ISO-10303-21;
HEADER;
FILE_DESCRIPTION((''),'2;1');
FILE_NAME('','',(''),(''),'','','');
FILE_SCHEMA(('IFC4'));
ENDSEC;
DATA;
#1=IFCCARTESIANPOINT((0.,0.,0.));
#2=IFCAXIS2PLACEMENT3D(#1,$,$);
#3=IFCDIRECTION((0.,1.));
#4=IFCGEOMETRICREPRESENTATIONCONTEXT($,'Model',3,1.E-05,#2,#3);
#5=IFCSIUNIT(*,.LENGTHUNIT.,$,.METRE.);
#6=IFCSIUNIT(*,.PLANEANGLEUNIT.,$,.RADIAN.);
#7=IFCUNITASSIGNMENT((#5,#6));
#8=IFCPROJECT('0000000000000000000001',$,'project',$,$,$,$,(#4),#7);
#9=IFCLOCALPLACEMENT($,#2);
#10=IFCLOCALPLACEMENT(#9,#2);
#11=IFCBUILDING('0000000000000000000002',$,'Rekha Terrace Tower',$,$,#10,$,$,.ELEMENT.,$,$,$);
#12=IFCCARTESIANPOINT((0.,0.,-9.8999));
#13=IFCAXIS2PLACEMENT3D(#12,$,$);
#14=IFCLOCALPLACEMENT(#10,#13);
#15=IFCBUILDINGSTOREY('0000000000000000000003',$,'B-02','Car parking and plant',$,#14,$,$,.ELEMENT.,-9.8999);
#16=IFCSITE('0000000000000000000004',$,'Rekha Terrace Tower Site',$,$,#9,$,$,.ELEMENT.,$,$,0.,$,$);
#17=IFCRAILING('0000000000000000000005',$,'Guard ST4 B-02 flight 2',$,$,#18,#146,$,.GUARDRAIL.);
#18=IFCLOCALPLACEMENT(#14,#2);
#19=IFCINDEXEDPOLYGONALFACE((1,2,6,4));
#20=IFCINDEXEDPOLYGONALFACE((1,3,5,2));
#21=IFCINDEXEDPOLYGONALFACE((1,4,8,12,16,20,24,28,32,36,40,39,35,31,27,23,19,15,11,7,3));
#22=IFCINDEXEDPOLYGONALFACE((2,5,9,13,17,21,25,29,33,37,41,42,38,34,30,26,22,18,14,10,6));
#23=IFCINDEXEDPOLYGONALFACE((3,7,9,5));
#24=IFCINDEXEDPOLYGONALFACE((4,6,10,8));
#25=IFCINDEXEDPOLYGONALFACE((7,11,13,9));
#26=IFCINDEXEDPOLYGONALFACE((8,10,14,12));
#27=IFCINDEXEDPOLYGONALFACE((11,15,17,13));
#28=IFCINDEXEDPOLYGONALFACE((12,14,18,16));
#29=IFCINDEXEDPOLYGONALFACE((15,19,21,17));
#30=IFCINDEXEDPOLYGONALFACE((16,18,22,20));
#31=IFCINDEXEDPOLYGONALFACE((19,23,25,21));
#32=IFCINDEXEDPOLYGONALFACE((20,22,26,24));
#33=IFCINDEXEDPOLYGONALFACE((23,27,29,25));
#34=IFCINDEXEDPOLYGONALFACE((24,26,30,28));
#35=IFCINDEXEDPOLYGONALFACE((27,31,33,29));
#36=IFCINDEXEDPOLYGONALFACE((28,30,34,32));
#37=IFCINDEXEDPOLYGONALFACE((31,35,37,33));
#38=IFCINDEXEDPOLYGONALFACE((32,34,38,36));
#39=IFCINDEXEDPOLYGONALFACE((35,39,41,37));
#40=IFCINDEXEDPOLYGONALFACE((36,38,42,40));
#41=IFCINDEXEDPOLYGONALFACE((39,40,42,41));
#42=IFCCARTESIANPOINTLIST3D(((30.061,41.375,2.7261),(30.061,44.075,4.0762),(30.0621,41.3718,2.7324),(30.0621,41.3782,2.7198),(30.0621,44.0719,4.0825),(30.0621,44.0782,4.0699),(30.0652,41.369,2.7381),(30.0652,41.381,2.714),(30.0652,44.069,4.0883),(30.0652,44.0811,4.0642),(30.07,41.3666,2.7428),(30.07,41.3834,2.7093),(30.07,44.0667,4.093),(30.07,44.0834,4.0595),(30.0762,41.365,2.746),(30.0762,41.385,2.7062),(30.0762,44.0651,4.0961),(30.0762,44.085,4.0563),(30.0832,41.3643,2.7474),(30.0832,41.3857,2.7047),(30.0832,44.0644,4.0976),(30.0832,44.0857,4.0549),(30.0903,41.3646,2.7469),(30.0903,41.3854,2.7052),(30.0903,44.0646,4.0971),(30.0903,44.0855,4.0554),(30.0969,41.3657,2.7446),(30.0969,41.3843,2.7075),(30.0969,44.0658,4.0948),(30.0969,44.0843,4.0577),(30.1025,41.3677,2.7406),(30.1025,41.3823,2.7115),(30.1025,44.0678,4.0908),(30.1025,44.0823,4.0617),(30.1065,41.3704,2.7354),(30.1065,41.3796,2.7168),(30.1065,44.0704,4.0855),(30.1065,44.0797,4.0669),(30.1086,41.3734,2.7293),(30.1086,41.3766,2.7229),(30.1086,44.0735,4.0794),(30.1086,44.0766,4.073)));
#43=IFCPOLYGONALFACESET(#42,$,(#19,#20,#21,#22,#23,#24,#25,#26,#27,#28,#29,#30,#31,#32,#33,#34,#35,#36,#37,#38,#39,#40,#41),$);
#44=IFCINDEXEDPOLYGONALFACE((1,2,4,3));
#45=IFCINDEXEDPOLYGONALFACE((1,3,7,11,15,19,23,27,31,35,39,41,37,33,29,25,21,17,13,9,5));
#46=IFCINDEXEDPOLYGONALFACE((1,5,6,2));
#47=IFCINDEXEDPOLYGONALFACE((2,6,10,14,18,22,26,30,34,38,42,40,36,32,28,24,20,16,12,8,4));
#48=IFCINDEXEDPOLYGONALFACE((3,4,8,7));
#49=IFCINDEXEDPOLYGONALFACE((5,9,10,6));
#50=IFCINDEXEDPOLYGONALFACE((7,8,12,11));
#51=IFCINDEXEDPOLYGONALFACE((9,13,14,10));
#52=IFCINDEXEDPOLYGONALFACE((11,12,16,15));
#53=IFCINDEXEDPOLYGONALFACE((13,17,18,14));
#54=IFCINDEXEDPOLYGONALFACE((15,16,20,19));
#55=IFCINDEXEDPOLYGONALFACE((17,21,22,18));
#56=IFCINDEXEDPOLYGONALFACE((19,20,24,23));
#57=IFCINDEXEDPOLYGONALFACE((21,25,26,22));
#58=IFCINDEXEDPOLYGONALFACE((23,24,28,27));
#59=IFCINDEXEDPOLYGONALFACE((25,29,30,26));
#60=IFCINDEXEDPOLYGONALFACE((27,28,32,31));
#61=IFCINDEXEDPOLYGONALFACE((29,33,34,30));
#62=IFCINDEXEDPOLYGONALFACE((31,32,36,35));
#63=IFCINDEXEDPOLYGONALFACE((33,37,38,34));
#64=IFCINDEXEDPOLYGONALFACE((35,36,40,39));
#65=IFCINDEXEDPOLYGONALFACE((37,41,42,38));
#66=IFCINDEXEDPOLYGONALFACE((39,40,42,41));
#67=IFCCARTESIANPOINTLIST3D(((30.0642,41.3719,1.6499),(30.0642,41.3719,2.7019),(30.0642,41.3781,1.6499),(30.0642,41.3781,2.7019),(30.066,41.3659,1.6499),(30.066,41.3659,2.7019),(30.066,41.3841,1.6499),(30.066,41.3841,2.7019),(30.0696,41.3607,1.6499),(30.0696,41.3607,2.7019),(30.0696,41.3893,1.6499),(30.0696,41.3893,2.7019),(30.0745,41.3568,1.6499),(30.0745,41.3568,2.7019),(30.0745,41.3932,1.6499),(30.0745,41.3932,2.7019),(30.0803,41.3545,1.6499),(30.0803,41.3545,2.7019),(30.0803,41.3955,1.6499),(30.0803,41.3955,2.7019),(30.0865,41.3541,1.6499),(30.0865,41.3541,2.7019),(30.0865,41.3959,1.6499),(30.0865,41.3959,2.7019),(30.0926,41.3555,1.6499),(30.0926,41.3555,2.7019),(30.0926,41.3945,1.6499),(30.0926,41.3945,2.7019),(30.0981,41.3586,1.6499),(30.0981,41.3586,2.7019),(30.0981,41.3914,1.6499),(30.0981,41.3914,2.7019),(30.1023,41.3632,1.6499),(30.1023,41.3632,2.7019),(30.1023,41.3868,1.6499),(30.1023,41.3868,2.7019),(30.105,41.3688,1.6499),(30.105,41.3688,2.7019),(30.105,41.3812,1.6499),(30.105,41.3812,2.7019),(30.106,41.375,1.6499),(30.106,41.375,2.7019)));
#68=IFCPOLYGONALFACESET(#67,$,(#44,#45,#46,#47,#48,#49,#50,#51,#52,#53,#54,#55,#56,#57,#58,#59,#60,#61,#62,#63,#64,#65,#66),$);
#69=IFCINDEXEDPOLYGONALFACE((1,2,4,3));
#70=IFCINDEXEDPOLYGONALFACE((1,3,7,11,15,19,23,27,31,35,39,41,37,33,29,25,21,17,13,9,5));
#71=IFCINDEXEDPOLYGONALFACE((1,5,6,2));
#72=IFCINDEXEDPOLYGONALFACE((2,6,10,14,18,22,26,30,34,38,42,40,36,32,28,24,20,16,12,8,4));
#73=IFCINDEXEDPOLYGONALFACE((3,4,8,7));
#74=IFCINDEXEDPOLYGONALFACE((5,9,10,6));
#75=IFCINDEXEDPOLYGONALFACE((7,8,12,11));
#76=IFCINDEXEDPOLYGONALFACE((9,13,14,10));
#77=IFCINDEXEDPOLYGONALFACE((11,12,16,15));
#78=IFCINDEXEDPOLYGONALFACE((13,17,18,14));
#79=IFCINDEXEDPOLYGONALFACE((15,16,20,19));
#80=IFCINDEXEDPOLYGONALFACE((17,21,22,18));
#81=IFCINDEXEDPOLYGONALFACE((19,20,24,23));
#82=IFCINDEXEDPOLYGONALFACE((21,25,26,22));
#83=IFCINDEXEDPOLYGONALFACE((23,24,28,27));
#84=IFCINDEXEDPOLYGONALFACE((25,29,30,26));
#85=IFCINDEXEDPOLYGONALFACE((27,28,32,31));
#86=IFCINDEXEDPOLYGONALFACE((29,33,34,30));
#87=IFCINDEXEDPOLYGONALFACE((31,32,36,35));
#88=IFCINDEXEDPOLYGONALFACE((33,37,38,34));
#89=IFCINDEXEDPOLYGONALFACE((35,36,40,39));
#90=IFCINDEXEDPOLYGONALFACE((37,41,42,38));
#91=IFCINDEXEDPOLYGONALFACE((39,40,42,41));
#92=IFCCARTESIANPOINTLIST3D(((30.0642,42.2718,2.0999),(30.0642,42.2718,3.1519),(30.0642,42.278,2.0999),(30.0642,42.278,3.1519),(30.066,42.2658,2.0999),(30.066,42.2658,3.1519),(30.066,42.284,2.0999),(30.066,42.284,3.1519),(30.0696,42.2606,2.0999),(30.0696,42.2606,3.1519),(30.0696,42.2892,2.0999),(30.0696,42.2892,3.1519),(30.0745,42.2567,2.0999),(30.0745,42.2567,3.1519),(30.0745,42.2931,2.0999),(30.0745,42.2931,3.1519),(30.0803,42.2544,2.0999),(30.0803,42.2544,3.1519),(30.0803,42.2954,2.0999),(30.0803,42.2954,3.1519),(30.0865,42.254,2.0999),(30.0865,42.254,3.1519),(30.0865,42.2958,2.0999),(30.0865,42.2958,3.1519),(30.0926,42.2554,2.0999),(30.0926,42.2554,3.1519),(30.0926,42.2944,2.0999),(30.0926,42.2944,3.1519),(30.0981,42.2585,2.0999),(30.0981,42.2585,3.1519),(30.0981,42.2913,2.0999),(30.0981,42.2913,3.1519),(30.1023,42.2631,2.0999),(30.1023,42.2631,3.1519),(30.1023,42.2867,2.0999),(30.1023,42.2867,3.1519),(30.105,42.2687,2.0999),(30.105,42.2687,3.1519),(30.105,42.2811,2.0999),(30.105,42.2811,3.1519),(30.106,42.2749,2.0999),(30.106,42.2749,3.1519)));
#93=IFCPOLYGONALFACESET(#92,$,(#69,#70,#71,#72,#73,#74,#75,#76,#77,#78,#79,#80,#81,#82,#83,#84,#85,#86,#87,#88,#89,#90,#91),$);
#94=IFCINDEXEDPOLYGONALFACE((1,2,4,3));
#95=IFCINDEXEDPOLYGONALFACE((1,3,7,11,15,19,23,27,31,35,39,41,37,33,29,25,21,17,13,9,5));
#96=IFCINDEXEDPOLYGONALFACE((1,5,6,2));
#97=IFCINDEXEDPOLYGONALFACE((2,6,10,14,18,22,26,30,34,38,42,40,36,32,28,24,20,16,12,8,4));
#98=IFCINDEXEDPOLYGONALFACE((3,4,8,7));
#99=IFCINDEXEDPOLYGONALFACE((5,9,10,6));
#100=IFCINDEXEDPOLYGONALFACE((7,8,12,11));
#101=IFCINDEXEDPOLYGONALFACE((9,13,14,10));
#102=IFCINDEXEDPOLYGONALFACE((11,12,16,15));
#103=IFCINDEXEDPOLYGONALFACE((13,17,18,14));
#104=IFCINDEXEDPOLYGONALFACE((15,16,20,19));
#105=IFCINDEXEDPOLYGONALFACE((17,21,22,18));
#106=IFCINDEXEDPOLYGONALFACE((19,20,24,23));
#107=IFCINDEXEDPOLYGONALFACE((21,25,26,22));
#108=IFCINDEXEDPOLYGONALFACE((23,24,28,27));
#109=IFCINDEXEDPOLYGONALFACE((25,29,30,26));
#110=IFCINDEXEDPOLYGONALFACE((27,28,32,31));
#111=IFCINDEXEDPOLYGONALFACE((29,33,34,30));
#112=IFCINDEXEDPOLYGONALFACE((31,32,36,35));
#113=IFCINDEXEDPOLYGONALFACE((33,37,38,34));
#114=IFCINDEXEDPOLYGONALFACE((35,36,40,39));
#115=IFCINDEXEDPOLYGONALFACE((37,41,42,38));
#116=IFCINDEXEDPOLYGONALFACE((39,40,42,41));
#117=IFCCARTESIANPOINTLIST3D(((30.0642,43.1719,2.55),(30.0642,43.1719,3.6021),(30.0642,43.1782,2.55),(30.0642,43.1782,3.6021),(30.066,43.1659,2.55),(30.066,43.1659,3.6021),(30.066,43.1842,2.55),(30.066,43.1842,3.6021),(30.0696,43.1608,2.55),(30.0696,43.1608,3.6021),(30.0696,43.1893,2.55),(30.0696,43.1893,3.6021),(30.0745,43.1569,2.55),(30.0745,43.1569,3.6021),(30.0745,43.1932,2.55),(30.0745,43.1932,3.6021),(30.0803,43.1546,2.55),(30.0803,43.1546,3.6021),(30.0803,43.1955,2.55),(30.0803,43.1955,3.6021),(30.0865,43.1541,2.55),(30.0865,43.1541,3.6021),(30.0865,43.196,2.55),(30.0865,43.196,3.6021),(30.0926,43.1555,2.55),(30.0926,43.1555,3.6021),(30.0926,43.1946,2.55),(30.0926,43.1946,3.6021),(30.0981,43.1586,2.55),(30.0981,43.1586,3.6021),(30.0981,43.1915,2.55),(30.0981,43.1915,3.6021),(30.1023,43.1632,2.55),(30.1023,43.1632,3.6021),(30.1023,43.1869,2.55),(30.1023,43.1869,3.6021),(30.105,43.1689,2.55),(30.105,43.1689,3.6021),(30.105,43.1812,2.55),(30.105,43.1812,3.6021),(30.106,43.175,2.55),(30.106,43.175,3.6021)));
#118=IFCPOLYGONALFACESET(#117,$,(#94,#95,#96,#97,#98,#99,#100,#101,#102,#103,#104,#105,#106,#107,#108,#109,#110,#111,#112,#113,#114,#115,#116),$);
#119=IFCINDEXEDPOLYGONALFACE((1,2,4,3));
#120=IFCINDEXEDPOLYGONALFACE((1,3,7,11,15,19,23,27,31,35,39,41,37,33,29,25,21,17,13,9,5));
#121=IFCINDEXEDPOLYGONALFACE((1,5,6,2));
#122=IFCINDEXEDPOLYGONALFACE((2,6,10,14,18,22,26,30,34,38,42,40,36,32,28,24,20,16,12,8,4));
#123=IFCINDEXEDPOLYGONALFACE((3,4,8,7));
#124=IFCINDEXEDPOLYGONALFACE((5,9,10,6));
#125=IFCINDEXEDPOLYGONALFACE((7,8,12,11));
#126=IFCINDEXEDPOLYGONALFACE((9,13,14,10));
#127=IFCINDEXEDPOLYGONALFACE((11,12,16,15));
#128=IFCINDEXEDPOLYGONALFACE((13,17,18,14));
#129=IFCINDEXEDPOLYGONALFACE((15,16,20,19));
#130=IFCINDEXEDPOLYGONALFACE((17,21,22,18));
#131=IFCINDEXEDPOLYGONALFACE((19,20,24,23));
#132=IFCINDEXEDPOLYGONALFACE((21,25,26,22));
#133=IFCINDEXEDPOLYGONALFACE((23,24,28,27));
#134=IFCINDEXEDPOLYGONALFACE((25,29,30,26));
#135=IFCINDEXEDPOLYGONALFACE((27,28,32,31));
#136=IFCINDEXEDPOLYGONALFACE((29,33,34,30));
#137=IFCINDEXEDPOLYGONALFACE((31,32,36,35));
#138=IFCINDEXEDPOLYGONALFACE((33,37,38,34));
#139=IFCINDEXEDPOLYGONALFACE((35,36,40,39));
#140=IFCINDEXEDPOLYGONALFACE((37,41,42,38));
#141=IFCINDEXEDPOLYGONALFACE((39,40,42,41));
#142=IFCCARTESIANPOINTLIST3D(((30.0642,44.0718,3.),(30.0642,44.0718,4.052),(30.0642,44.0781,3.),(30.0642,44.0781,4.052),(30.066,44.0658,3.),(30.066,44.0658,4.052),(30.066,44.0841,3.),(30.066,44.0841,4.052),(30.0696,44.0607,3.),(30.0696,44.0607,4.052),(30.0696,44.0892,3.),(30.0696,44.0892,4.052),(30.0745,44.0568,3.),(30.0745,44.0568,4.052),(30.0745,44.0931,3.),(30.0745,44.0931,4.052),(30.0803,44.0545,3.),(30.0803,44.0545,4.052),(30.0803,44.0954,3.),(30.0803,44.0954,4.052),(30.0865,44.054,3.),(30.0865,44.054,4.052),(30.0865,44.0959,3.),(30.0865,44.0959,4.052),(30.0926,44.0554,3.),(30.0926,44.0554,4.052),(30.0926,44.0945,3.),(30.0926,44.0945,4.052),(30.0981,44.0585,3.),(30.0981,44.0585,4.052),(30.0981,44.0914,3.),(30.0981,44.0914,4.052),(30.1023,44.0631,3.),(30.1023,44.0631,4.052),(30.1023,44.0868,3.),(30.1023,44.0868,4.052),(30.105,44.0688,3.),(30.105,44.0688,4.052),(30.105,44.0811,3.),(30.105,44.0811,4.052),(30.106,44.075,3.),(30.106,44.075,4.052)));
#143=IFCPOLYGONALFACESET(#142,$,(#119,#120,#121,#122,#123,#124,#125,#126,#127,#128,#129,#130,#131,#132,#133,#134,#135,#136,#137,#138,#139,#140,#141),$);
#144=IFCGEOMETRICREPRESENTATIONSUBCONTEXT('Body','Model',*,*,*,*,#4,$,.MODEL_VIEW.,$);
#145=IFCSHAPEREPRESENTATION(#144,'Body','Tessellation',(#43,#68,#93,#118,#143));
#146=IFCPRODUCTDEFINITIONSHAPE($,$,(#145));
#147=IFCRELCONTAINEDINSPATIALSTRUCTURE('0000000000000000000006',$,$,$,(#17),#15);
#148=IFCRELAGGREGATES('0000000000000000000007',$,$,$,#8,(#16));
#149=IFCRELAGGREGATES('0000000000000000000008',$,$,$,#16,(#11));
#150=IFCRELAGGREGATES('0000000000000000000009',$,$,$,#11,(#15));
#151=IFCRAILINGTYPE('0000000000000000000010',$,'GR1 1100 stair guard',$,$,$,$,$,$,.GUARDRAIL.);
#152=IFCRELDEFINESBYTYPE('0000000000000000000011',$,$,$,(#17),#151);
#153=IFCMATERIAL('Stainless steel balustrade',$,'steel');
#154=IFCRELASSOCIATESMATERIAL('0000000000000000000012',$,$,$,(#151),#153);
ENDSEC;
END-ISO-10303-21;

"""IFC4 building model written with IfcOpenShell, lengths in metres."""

from ifc_helpers import new_model, si_unit, direction, frame, origin, origin_2d, place, context, subcontext, project, spatial, circle, extrude, material, type_object, element, save


model = new_model("IFC4")

# Units and contexts
model_context = context("Model", 3, precision=1e-05, world=origin(), true_north=direction((0.0, 1.0)))
body_context = subcontext(model_context, "Body", "Model", "MODEL_VIEW")
ifc_project = project(units=[si_unit("LENGTHUNIT", "METRE"), si_unit("PLANEANGLEUNIT", "RADIAN")], contexts=[model_context])

# Site, building, storey
site_placement = place(None, origin())
site = spatial("IfcSite", under=ifc_project, at=site_placement, Name="Rekha Terrace Tower Site", CompositionType="ELEMENT", RefElevation=0.0)
building_placement = place(site_placement, origin())
building = spatial("IfcBuilding", under=site, at=building_placement, Name="Rekha Terrace Tower", CompositionType="ELEMENT")
storey_placement = place(building_placement, frame((0.0, 0.0, -9.8999)))
storey = spatial("IfcBuildingStorey", under=building, at=storey_placement, Name="B-02", Description="Car parking and plant", CompositionType="ELEMENT", Elevation=-9.8999)

# Railing
ifc_material_1 = material(Name="Stainless steel balustrade", Category="steel")
railing_type_1 = type_object("IfcRailingType", Name="GR1 1100 stair guard", PredefinedType="GUARDRAIL", material=ifc_material_1)
railing_1_placement = place(storey_placement, frame((30.085, 41.375, 1.6499)))
element("IfcRailing", 1, at=railing_1_placement, inside=storey, type_object=railing_type_1, Name="Guard ST4 B-02 flight 2", PredefinedType="GUARDRAIL", context=body_context, shape_type="SweptSolid", body=[
    extrude(circle(Radius=0.0239, at=origin_2d()), frame((0.0, 0.0, 1.0762), z_axis=(0.0, 0.894411, 0.447246), x_axis=(-1.0, 0.0, 0.0)), (0.0, 0.0, 1.0), 3.0188),
    extrude(circle(Radius=0.021, at=origin_2d()), origin(), (0.0, 0.0, 1.0), 1.052),
    extrude(circle(Radius=0.021, at=origin_2d()), frame((0.0, 0.8999, 0.45)), (0.0, 0.0, 1.0), 1.052),
    extrude(circle(Radius=0.021, at=origin_2d()), frame((0.0, 1.8, 0.9001)), (0.0, 0.0, 1.0), 1.052),
    extrude(circle(Radius=0.021, at=origin_2d()), frame((0.0, 2.7, 1.3501)), (0.0, 0.0, 1.0), 1.052),
])

save(model, "model.ifc")
